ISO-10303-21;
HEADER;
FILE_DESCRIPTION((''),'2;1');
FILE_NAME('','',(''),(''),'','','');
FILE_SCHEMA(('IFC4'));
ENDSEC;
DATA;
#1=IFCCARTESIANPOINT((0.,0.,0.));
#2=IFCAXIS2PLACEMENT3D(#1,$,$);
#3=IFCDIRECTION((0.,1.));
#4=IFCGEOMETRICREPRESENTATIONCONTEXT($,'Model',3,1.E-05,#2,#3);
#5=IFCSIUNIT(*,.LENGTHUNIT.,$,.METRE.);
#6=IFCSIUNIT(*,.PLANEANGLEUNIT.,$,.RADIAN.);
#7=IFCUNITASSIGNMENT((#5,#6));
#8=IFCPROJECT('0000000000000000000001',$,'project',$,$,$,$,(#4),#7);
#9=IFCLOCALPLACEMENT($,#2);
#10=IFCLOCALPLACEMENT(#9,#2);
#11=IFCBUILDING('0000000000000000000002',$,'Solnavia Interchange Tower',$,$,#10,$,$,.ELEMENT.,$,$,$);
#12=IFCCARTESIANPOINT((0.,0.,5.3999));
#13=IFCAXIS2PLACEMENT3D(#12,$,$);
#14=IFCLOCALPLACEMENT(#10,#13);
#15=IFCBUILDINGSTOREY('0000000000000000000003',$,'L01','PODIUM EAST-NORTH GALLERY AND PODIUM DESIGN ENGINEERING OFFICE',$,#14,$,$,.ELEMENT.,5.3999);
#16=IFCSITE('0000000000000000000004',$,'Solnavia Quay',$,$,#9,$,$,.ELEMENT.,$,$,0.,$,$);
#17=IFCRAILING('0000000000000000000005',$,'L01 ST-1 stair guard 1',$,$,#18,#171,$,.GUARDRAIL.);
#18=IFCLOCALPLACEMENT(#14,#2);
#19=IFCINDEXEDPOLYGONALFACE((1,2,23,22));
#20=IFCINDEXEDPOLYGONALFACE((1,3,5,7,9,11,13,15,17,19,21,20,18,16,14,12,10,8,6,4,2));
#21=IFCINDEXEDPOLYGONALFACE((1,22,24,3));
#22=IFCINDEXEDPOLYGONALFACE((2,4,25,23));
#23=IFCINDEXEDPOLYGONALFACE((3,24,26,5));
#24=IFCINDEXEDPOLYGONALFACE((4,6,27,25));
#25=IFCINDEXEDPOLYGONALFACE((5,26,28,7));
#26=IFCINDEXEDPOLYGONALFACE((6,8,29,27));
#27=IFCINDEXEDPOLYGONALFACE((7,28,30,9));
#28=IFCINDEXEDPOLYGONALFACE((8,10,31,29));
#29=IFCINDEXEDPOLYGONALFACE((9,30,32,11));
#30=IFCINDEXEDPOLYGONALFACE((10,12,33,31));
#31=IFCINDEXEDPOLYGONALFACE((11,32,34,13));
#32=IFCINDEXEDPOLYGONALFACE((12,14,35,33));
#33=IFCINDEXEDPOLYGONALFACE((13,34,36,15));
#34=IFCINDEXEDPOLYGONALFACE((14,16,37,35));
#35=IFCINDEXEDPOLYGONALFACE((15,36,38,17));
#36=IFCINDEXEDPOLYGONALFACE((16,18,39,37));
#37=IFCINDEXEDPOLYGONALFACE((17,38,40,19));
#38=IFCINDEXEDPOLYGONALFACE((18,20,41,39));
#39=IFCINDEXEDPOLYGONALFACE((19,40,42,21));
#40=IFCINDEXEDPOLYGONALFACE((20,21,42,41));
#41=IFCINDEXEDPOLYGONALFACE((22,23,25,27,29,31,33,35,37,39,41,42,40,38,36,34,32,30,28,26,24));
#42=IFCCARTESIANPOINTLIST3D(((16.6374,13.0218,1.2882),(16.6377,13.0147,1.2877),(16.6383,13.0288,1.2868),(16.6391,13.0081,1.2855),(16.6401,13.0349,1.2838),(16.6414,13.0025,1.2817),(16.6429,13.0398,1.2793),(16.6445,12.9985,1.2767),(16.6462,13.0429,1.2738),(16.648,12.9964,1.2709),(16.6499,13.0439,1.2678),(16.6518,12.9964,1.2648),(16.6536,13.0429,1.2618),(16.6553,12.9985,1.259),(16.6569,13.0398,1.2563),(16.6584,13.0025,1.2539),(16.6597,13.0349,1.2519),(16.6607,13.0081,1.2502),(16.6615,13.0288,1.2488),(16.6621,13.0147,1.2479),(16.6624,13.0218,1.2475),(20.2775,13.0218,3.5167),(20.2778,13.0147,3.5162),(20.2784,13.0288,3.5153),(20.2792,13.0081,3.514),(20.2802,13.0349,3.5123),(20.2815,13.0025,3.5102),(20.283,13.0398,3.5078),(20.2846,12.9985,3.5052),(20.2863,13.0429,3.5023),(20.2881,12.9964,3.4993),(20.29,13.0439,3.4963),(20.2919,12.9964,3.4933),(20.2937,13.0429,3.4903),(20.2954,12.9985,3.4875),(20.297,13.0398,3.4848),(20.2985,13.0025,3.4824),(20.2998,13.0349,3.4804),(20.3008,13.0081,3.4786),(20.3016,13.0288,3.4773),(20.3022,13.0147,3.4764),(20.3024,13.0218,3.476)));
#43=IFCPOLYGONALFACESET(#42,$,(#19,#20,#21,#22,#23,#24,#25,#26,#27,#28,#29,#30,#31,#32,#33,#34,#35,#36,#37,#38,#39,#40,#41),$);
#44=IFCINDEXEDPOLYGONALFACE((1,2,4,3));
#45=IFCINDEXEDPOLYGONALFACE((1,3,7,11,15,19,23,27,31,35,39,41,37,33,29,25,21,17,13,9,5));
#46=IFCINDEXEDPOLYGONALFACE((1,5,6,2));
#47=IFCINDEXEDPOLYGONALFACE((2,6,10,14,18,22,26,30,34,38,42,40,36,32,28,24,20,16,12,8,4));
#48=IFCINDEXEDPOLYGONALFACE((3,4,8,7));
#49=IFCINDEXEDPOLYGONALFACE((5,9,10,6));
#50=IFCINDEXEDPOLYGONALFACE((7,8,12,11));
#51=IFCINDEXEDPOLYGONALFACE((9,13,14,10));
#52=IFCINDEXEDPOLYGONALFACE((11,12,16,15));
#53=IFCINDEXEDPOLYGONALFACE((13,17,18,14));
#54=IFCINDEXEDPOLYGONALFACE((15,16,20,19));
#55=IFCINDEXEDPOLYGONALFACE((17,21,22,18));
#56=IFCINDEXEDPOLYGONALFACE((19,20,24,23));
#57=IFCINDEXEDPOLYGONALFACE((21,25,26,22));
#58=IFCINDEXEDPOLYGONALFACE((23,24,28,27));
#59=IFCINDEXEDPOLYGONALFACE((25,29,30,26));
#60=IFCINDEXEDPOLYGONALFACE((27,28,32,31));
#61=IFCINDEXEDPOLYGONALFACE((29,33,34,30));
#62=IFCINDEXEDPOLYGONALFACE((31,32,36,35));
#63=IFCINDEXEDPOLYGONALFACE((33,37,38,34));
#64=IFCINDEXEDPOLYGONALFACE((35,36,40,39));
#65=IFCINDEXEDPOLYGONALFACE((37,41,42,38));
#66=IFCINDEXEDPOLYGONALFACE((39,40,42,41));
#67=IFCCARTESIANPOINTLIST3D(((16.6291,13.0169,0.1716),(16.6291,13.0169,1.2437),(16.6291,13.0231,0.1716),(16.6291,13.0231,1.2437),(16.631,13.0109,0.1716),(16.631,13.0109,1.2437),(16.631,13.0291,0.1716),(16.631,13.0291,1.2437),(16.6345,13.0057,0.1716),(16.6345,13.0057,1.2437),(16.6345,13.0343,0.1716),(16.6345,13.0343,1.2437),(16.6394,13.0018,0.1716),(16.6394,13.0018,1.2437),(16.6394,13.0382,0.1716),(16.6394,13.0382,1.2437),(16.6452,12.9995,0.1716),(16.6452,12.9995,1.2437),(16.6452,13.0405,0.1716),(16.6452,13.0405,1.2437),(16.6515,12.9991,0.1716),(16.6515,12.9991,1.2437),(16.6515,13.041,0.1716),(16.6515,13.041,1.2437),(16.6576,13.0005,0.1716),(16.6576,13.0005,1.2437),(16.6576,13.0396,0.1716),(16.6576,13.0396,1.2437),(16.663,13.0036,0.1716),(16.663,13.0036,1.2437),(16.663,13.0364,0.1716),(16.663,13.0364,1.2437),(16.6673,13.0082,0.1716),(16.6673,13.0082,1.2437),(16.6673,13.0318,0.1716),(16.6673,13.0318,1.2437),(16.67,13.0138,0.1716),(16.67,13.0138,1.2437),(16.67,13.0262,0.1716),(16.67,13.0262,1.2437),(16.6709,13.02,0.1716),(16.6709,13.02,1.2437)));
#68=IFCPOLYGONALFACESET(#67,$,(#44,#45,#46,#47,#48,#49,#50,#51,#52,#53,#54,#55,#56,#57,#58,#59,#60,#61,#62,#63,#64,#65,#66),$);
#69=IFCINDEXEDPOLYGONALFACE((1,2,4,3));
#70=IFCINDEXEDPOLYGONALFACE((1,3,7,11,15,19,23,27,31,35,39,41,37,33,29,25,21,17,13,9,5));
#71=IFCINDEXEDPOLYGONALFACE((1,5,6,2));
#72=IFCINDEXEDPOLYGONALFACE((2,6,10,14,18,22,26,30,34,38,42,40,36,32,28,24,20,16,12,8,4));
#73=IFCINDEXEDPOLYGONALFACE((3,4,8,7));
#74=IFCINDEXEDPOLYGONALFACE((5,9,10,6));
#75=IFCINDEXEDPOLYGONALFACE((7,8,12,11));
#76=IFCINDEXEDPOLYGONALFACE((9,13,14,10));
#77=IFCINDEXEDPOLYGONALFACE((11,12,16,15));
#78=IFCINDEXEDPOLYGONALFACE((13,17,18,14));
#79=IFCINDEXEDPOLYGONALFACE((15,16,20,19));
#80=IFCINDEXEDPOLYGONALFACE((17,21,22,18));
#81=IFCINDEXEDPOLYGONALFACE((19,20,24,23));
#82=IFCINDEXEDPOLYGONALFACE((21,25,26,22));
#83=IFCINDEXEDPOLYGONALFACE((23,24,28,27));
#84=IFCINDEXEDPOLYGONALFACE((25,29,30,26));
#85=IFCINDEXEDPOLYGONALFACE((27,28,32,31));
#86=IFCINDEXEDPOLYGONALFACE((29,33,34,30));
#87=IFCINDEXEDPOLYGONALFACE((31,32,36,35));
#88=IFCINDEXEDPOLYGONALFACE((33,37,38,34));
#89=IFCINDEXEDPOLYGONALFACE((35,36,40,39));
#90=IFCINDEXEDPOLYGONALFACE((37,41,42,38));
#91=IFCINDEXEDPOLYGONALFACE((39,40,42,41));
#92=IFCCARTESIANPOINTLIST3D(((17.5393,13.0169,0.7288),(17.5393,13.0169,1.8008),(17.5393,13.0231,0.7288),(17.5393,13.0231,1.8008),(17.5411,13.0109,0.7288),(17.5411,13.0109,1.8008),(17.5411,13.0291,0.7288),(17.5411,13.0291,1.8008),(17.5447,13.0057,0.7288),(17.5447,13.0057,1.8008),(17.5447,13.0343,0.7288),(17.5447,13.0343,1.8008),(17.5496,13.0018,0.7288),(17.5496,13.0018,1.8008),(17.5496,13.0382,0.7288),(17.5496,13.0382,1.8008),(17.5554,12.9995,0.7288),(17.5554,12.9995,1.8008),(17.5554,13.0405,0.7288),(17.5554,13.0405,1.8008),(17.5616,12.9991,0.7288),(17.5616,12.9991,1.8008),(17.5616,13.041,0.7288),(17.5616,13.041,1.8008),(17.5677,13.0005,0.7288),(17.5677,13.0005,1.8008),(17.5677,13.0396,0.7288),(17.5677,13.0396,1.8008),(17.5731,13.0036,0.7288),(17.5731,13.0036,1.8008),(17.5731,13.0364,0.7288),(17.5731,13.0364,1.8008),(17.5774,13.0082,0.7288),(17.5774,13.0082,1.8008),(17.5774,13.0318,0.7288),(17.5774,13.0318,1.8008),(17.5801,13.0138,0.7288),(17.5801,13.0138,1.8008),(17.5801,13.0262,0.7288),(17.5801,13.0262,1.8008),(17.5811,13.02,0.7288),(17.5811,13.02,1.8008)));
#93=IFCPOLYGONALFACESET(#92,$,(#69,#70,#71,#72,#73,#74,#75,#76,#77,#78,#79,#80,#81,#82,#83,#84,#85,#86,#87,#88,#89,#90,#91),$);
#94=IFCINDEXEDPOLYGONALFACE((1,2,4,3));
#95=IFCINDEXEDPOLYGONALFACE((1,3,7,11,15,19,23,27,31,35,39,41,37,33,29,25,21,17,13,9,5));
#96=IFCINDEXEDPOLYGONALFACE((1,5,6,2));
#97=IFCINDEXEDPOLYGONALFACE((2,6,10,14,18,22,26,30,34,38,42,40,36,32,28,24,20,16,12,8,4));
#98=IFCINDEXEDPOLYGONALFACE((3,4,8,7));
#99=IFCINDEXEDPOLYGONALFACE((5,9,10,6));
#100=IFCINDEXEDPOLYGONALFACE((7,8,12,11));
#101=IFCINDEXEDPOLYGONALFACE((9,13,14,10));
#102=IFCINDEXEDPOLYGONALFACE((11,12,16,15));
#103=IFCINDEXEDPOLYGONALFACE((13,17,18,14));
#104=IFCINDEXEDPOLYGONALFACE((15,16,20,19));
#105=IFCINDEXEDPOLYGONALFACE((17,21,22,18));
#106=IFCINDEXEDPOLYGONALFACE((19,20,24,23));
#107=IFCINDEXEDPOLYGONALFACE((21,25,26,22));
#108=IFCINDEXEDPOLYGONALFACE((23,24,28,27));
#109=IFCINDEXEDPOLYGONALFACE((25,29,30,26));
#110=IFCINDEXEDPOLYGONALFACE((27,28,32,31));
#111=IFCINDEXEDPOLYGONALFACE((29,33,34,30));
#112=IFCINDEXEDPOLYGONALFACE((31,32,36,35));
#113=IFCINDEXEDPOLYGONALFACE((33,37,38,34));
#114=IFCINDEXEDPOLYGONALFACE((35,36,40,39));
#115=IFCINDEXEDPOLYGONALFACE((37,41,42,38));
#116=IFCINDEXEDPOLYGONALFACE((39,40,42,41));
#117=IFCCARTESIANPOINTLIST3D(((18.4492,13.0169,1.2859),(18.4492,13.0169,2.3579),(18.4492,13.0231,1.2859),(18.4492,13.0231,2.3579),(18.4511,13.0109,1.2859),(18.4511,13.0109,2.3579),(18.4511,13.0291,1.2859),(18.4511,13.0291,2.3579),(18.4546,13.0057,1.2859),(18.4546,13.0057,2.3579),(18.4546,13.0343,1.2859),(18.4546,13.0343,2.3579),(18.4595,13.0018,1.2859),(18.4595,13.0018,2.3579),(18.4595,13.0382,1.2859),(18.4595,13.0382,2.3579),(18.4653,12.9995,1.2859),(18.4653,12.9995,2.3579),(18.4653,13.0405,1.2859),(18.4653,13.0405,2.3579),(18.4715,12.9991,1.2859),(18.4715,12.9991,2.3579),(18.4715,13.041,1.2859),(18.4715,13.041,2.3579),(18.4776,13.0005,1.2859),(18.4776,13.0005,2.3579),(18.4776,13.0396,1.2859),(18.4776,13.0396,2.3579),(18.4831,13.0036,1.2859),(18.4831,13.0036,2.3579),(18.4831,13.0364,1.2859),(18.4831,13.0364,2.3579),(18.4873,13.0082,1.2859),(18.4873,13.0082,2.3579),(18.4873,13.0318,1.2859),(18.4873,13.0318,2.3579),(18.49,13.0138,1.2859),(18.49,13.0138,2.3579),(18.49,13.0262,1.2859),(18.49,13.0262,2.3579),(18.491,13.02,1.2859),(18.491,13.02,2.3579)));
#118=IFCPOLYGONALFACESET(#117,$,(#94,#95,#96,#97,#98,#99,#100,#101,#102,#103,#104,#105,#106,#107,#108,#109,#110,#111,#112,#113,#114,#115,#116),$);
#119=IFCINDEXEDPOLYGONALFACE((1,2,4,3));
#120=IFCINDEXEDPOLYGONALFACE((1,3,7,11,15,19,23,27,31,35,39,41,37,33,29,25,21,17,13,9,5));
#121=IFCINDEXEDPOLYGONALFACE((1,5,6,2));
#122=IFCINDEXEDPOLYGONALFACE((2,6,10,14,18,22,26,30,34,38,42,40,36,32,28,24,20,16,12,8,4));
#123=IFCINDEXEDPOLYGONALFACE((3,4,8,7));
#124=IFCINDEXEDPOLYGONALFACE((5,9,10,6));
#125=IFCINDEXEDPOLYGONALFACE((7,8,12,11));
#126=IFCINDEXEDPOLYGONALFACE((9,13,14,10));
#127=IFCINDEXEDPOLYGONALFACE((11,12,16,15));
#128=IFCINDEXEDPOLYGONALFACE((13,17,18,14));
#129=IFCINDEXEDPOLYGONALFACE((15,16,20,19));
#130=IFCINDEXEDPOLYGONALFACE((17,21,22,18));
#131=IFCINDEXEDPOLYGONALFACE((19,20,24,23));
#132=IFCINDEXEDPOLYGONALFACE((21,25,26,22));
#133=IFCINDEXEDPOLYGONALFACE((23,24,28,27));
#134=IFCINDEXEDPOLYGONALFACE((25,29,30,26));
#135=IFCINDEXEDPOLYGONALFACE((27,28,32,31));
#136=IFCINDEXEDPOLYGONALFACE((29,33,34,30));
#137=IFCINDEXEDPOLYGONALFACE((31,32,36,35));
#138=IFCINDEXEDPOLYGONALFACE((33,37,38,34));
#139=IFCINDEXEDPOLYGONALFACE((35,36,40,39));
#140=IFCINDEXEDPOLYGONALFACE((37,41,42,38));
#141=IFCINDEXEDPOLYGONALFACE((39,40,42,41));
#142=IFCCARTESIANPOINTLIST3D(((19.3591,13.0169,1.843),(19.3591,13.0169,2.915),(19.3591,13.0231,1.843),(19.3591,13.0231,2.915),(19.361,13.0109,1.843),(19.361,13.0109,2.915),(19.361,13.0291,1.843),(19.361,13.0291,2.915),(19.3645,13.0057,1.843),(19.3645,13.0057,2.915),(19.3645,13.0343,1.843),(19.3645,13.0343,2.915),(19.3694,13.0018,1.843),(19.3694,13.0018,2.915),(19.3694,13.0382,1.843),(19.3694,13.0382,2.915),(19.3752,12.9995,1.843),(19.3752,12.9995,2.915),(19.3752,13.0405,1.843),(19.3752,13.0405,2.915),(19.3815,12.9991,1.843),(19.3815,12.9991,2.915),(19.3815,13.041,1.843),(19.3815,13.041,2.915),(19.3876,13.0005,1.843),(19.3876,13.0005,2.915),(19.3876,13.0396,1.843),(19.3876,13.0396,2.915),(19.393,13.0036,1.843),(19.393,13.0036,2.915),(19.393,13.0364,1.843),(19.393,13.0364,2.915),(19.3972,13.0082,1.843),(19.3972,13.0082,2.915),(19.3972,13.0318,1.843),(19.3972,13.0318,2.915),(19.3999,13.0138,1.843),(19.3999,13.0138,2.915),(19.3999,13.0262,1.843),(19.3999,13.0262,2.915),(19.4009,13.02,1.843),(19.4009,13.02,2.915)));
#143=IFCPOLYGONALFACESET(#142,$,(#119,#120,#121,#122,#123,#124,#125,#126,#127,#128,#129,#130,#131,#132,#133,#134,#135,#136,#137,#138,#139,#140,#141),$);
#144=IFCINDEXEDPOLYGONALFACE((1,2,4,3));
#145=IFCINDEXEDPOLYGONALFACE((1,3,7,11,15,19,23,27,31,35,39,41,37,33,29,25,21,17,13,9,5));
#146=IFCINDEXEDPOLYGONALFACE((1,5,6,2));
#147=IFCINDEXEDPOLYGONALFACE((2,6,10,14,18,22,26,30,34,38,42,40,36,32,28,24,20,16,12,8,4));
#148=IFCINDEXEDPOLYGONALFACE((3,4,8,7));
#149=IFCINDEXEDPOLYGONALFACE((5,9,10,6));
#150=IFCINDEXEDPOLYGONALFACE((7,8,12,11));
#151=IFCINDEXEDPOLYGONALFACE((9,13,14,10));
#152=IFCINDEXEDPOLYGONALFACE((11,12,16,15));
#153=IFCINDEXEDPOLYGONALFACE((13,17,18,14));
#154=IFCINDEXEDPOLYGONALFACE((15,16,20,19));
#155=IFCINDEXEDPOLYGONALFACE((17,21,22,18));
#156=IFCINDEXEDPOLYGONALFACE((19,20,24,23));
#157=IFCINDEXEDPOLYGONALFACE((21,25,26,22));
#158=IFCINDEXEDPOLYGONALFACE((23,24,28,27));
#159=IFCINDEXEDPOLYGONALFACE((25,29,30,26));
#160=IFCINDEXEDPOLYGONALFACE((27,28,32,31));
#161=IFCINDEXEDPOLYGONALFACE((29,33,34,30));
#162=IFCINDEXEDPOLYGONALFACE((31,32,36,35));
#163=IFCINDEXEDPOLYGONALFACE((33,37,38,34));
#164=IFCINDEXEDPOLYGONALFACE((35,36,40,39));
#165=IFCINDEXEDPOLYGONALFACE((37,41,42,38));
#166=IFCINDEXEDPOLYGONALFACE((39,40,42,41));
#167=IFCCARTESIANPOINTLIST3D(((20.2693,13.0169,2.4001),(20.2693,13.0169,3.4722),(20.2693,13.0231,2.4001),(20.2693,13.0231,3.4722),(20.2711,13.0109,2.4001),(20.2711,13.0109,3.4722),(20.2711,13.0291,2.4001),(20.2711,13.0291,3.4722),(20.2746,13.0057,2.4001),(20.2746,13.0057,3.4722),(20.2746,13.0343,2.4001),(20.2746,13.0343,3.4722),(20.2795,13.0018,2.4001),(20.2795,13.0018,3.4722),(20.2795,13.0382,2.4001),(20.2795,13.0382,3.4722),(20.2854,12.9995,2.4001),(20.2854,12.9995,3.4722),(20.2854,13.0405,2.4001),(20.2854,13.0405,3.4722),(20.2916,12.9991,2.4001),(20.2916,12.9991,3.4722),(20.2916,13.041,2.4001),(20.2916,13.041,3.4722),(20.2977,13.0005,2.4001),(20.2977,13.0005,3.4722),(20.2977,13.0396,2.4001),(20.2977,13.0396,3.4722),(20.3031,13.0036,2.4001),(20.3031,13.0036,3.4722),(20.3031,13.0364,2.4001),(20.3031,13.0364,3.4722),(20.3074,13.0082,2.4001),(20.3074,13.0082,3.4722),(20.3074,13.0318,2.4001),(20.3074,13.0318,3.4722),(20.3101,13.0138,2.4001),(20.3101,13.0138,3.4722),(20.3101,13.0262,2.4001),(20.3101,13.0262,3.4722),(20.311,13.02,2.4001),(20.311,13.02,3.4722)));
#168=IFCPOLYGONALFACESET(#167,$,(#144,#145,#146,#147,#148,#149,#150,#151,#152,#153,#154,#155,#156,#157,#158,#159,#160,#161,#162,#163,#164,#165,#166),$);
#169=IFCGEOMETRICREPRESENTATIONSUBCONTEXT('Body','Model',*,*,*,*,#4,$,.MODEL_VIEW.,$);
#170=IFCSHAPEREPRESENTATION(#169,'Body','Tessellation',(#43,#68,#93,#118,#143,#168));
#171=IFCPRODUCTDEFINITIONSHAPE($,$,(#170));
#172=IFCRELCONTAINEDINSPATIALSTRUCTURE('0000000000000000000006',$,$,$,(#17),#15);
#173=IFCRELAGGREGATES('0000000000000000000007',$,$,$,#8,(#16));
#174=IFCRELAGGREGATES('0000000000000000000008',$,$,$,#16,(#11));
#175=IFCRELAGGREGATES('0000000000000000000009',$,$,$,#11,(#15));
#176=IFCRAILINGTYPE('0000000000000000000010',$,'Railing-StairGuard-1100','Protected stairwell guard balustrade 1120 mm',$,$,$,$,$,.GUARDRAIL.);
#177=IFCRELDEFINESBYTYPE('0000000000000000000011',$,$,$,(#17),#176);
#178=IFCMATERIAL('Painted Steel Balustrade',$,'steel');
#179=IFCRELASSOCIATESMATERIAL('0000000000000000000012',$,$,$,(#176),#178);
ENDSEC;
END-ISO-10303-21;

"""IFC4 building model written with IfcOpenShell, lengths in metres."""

from ifc_helpers import new_model, si_unit, direction, frame, origin, origin_2d, place, context, subcontext, project, spatial, circle, extrude, material, type_object, element, save


model = new_model("IFC4")

# Units and contexts
model_context = context("Model", 3, precision=1e-05, world=origin(), true_north=direction((0.0, 1.0)))
body_context = subcontext(model_context, "Body", "Model", "MODEL_VIEW")
ifc_project = project(units=[si_unit("LENGTHUNIT", "METRE"), si_unit("PLANEANGLEUNIT", "RADIAN")], contexts=[model_context])

# Site, building, storey
site_placement = place(None, origin())
site = spatial("IfcSite", under=ifc_project, at=site_placement, Name="Solnavia Quay", CompositionType="ELEMENT", RefElevation=0.0)
building_placement = place(site_placement, origin())
building = spatial("IfcBuilding", under=site, at=building_placement, Name="Solnavia Interchange Tower", CompositionType="ELEMENT")
storey_placement = place(building_placement, frame((0.0, 0.0, 5.3999)))
storey = spatial("IfcBuildingStorey", under=building, at=storey_placement, Name="L01", Description="PODIUM EAST-NORTH GALLERY AND PODIUM DESIGN ENGINEERING OFFICE", CompositionType="ELEMENT", Elevation=5.3999)

# Railing
ifc_material_1 = material(Name="Painted Steel Balustrade", Category="steel")
railing_type_1 = type_object("IfcRailingType", Name="Railing-StairGuard-1100", Description="Protected stairwell guard balustrade 1120 mm", PredefinedType="GUARDRAIL", material=ifc_material_1)
railing_1_placement = place(storey_placement, frame((16.6499, 13.02, 0.1716)))
element("IfcRailing", 1, at=railing_1_placement, inside=storey, type_object=railing_type_1, Name="L01 ST-1 stair guard 1", PredefinedType="GUARDRAIL", context=body_context, shape_type="SweptSolid", body=[
    extrude(circle(Radius=0.0239, at=origin_2d()), frame((0.0, 0.0, 1.0962), z_axis=(0.852866, 0.0, 0.52213), x_axis=(0.0, 1.0, 0.0)), (0.0, 0.0, 1.0), 4.2681),
    extrude(circle(Radius=0.021, at=origin_2d()), origin(), (0.0, 0.0, 1.0), 1.072),
    extrude(circle(Radius=0.021, at=origin_2d()), frame((0.9102, 0.0, 0.5571)), (0.0, 0.0, 1.0), 1.072),
    extrude(circle(Radius=0.021, at=origin_2d()), frame((1.8201, 0.0, 1.1143)), (0.0, 0.0, 1.0), 1.072),
    extrude(circle(Radius=0.021, at=origin_2d()), frame((2.73, 0.0, 1.6714)), (0.0, 0.0, 1.0), 1.072),
    extrude(circle(Radius=0.021, at=origin_2d()), frame((3.6401, 0.0, 2.2285)), (0.0, 0.0, 1.0), 1.072),
])

save(model, "model.ifc")
